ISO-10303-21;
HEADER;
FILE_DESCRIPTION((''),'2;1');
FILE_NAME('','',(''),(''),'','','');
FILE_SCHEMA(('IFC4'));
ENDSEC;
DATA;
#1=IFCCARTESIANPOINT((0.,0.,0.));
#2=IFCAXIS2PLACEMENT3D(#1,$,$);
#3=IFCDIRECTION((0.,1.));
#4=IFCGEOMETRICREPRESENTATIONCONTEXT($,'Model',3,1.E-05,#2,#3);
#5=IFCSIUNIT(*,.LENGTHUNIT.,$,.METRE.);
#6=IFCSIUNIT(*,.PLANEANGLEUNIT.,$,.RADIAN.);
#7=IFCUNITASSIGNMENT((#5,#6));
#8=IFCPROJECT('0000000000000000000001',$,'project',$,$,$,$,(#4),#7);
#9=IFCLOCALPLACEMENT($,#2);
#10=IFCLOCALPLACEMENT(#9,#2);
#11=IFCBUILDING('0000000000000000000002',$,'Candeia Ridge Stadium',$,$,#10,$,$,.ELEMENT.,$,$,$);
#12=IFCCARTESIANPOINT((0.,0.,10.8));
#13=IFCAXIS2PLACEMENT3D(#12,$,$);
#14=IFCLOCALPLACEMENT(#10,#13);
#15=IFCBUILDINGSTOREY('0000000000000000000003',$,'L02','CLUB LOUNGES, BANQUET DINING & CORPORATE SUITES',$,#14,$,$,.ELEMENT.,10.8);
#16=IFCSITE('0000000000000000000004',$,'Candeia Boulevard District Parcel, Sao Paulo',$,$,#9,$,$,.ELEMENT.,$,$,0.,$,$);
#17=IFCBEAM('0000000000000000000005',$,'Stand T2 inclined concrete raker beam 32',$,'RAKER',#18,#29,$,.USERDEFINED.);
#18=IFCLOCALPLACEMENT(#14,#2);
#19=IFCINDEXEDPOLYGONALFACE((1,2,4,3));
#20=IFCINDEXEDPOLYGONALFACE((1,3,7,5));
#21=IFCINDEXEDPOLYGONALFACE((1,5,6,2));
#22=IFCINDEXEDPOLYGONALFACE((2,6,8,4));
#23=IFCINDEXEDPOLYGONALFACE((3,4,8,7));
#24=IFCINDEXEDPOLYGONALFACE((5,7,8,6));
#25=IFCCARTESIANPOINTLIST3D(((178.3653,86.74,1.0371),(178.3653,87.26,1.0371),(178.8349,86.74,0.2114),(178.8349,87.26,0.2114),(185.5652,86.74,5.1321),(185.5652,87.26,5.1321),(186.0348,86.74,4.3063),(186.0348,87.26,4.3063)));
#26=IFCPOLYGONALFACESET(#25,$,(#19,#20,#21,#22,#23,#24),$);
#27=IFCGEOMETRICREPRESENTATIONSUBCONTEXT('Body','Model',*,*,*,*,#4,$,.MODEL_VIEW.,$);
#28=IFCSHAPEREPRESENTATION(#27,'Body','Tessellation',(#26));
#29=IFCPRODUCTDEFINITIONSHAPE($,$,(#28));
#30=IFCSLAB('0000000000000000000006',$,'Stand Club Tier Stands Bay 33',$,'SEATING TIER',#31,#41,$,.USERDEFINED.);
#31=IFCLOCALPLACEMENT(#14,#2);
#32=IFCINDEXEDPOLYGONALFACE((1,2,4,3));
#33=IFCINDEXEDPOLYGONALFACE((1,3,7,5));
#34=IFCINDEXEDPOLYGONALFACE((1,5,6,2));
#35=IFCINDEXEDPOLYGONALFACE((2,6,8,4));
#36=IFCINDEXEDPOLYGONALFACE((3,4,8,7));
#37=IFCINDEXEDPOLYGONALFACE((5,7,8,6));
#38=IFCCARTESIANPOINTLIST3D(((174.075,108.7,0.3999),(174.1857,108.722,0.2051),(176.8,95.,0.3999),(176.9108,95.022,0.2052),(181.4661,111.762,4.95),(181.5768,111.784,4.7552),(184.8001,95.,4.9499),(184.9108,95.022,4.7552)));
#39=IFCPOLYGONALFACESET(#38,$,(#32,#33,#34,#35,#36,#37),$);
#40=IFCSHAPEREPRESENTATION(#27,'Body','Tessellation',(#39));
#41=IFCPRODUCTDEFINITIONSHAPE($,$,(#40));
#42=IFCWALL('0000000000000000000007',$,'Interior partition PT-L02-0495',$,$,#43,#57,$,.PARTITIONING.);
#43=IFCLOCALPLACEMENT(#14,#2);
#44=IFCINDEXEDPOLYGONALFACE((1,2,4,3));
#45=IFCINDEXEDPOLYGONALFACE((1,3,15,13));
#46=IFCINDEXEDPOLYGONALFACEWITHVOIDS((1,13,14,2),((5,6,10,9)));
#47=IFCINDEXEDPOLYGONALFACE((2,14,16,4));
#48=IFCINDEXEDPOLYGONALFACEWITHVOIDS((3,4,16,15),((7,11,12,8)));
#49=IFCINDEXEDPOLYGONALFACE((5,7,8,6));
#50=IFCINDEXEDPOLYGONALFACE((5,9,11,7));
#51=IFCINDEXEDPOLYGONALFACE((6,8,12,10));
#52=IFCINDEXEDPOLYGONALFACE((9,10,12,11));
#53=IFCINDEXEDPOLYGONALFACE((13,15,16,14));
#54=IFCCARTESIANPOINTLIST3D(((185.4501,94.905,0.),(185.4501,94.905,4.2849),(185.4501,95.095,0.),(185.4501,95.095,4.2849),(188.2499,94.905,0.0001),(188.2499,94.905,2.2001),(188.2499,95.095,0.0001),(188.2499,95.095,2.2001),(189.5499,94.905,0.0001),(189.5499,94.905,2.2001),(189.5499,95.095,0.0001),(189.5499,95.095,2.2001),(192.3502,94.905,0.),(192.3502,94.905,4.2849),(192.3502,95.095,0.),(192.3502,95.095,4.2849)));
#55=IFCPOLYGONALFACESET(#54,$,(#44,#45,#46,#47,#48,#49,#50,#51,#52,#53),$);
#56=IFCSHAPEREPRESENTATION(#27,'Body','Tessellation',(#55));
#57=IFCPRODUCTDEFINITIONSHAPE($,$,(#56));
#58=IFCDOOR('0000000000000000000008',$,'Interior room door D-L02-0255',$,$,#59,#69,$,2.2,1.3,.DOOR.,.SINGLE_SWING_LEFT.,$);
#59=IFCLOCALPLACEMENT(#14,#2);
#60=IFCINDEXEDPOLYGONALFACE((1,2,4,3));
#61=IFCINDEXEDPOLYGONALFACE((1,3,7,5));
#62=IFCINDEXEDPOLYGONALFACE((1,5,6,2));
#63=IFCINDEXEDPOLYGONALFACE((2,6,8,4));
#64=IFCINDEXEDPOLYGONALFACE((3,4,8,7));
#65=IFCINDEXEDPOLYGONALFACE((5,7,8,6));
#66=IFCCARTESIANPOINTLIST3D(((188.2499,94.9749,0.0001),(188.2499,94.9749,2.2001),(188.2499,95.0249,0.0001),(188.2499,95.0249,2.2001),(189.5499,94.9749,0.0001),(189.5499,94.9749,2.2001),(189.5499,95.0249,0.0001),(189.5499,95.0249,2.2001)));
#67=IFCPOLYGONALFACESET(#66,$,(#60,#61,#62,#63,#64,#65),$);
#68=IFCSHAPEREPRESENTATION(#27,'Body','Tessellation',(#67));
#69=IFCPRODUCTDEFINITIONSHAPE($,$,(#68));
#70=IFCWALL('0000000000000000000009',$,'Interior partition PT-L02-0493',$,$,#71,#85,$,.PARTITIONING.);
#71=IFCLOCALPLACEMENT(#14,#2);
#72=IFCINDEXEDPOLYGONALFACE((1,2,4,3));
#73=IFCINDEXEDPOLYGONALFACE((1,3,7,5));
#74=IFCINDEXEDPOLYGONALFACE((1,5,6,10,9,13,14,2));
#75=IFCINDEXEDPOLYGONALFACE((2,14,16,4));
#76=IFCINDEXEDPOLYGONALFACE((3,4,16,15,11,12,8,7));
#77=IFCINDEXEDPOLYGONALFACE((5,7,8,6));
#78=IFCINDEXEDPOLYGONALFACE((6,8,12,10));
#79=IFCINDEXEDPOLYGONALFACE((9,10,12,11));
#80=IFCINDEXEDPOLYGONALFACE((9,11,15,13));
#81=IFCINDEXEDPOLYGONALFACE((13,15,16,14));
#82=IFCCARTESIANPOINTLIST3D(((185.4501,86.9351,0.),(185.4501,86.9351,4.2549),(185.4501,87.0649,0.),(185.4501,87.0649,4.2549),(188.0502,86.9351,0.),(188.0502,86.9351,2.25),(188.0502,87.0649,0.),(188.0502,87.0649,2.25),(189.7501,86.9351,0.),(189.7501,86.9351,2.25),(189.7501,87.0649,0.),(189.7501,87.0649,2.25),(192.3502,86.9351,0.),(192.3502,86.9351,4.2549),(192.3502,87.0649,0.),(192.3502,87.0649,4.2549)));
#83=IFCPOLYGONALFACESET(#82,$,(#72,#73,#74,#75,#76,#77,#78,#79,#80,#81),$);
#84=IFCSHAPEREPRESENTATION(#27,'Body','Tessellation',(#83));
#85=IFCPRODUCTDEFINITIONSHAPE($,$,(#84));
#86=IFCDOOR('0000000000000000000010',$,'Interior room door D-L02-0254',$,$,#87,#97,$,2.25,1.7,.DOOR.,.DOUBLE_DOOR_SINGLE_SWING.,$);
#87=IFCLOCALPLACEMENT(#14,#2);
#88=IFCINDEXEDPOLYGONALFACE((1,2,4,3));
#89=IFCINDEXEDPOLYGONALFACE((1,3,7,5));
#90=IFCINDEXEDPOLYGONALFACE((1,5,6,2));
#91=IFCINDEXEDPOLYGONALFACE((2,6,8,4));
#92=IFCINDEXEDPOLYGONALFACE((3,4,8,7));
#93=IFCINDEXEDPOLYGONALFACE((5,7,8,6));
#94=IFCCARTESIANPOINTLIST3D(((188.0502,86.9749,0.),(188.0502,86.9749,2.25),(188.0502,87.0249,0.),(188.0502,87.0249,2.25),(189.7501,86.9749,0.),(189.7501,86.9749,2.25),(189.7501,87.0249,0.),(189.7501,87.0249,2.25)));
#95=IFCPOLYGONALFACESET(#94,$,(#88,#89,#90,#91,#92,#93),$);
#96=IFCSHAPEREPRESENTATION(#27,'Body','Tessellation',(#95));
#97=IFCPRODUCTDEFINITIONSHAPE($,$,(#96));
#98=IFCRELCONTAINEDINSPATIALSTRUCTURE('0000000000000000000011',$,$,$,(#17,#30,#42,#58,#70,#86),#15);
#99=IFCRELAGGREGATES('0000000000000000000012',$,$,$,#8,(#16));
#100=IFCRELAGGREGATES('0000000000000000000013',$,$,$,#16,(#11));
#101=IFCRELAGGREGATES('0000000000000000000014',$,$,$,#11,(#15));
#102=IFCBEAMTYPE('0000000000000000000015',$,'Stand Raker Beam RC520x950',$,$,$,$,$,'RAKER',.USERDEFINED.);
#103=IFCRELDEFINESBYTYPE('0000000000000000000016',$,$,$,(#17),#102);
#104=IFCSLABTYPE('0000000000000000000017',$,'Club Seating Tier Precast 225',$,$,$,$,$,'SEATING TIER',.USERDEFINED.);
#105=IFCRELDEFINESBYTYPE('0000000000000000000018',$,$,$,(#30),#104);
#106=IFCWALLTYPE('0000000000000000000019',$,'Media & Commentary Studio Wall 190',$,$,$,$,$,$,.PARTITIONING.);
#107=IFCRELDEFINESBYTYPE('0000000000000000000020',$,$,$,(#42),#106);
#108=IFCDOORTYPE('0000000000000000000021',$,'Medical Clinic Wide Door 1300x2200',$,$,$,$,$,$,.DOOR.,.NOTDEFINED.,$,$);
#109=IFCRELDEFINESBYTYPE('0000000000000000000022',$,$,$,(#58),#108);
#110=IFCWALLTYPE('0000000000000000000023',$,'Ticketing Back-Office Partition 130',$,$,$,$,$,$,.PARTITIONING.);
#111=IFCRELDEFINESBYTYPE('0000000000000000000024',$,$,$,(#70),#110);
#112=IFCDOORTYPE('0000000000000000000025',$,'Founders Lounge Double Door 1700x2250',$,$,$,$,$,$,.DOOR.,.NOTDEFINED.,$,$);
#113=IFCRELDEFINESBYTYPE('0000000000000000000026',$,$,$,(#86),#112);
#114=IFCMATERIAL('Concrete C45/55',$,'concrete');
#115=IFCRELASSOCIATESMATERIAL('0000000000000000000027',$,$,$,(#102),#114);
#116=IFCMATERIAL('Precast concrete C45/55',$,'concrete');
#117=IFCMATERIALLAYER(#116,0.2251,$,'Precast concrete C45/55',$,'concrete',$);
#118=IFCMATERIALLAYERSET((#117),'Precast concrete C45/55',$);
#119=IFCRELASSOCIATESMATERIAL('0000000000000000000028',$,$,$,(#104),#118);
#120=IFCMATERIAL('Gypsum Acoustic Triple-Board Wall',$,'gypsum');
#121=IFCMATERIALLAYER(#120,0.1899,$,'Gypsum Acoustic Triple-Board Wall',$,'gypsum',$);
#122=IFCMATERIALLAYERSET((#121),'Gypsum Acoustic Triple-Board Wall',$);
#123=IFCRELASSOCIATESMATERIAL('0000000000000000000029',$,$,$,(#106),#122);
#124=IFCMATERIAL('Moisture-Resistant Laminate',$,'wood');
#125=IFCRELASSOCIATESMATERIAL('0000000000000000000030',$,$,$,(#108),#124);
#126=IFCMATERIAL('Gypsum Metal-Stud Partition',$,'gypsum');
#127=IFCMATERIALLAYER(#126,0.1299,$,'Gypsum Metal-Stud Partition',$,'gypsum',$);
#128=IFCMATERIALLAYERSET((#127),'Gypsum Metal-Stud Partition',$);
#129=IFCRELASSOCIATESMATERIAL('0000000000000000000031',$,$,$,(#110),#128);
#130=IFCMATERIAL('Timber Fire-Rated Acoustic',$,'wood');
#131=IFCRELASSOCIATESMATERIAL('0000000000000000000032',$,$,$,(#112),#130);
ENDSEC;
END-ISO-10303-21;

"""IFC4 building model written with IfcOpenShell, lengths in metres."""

from ifc_helpers import new_model, si_unit, direction, frame, frame_2d, origin, origin_2d, place, context, subcontext, project, spatial, polyline, rectangle, outline, extrude, material, layer, layer_set, material_profile, profile_set, type_object, element, fill, save


model = new_model("IFC4")

# Units and contexts
model_context = context("Model", 3, precision=1e-05, world=origin(), true_north=direction((0.0, 1.0)))
body_context = subcontext(model_context, "Body", "Model", "MODEL_VIEW")
ifc_project = project(units=[si_unit("LENGTHUNIT", "METRE"), si_unit("PLANEANGLEUNIT", "RADIAN")], contexts=[model_context])

# Site, building, storey
site_placement = place(None, origin())
site = spatial("IfcSite", under=ifc_project, at=site_placement, Name="Candeia Boulevard District Parcel, Sao Paulo", CompositionType="ELEMENT", RefElevation=0.0)
building_placement = place(site_placement, origin())
building = spatial("IfcBuilding", under=site, at=building_placement, Name="Candeia Ridge Stadium", CompositionType="ELEMENT")
storey_placement = place(building_placement, frame((0.0, 0.0, 10.8)))
storey = spatial("IfcBuildingStorey", under=building, at=storey_placement, Name="L02", Description="CLUB LOUNGES, BANQUET DINING & CORPORATE SUITES", CompositionType="ELEMENT", Elevation=10.8)

# Shared definitions
ifc_material_1 = material(Name="Concrete C45/55", Category="concrete")

# Beam
ifc_material_profile_1 = material_profile(ifc_material_1, rectangle(XDim=0.52, YDim=0.95, at=origin_2d()), Name="RC520x950", Category="concrete")
ifc_profile_set_1 = profile_set([ifc_material_profile_1], Name="Concrete C45/55")
beam_type_1 = type_object("IfcBeamType", Name="Stand Raker Beam RC520x950", ElementType="RAKER", PredefinedType="USERDEFINED", material=ifc_profile_set_1)
beam_1_placement = place(storey_placement, frame((178.6001, 87.0, 0.6243), z_axis=(0.869244, 0.0, 0.494383), x_axis=(0.0, 1.0, 0.0)))
element("IfcBeam", 1, at=beam_1_placement, inside=storey, type_object=beam_type_1, Name="Stand T2 inclined concrete raker beam 32", ObjectType="RAKER", PredefinedType="USERDEFINED", context=body_context, shape_type="SweptSolid", body=[
    extrude(rectangle(XDim=0.52, YDim=0.95, at=origin_2d()), origin(), (0.0, 0.0, 1.0), 8.283),
])

# Slab
ifc_material_2 = material(Name="Precast concrete C45/55", Category="concrete")
ifc_layer_1 = layer(ifc_material_2, 0.2251, Name="Precast concrete C45/55", Category="concrete")
ifc_layer_set_1 = layer_set([ifc_layer_1], Name="Precast concrete C45/55")
slab_type = type_object("IfcSlabType", Name="Club Seating Tier Precast 225", ElementType="SEATING TIER", PredefinedType="USERDEFINED", material=ifc_layer_set_1)
slab_placement = place(storey_placement, frame((176.8, 95.0, 0.3999), z_axis=(-0.49201, -0.097864, 0.865072), x_axis=(-0.195089, 0.980785, -0.000003)))
element("IfcSlab", 2, at=slab_placement, inside=storey, type_object=slab_type, Name="Stand Club Tier Stands Bay 33", ObjectType="SEATING TIER", PredefinedType="USERDEFINED", context=body_context, shape_type="SweptSolid", body=[
    extrude(outline(polyline([(0.0, 0.0), (13.9684, 0.0), (15.5296, -9.0703), (-1.5607, -9.0701), (0.0, 0.0)])), origin(), (0.0, 0.0, -1.0), 0.2251),
])

# Walls, openings, doors
ifc_material_3 = material(Name="Gypsum Acoustic Triple-Board Wall", Category="gypsum")
ifc_layer_2 = layer(ifc_material_3, 0.1899, Name="Gypsum Acoustic Triple-Board Wall", Category="gypsum")
ifc_layer_set_2 = layer_set([ifc_layer_2], Name="Gypsum Acoustic Triple-Board Wall")
wall_type_1 = type_object("IfcWallType", Name="Media & Commentary Studio Wall 190", PredefinedType="PARTITIONING", material=ifc_layer_set_2)
wall_1_placement = place(storey_placement, frame((185.45, 95.0, 0.0), z_axis=(0.0, 0.0, 1.0), x_axis=(1.0, 0.0, 0.0)))
wall_1 = element("IfcWall", 3, at=wall_1_placement, inside=storey, type_object=wall_type_1, Name="Interior partition PT-L02-0495", PredefinedType="PARTITIONING", context=body_context, shape_type="SweptSolid", body=[
    extrude(rectangle(XDim=6.9001, YDim=0.1899, at=frame_2d((3.4502, 0.0))), origin(), (0.0, 0.0, 1.0), 4.2849),
])
opening_1_placement = place(wall_1_placement, frame((2.8, 0.0, 0.0)))
opening_1 = element("IfcOpeningElement", 4, at=opening_1_placement, cuts=wall_1, PredefinedType="OPENING", context=body_context, shape_type="SweptSolid", body=[
    extrude(rectangle(XDim=1.3, YDim=2.2, at=frame_2d((0.6499, 1.1001))), frame((0.0, 0.105, 0.0), z_axis=(0.0, -1.0, 0.0), x_axis=(1.0, 0.0, 0.0)), (0.0, 0.0, 1.0), 0.21),
])
ifc_material_4 = material(Name="Moisture-Resistant Laminate", Category="wood")
door_type_1 = type_object("IfcDoorType", Name="Medical Clinic Wide Door 1300x2200", OperationType="NOTDEFINED", PredefinedType="DOOR", material=ifc_material_4)
door_1_placement = place(opening_1_placement, origin())
door_1 = element("IfcDoor", 5, at=door_1_placement, inside=storey, type_object=door_type_1, Name="Interior room door D-L02-0255", OperationType="SINGLE_SWING_LEFT", OverallHeight=2.2, OverallWidth=1.3, PredefinedType="DOOR", context=body_context, shape_type="SweptSolid", body=[
    extrude(rectangle(XDim=1.3, YDim=2.2, at=frame_2d((0.6499, 1.1001))), frame((0.0, 0.0249, 0.0), z_axis=(0.0, -1.0, 0.0), x_axis=(1.0, 0.0, 0.0)), (0.0, 0.0, 1.0), 0.05),
])
fill(opening_1, door_1)
ifc_material_5 = material(Name="Gypsum Metal-Stud Partition", Category="gypsum")
ifc_layer_3 = layer(ifc_material_5, 0.1299, Name="Gypsum Metal-Stud Partition", Category="gypsum")
ifc_layer_set_3 = layer_set([ifc_layer_3], Name="Gypsum Metal-Stud Partition")
wall_type_2 = type_object("IfcWallType", Name="Ticketing Back-Office Partition 130", PredefinedType="PARTITIONING", material=ifc_layer_set_3)
wall_2_placement = place(storey_placement, frame((185.45, 87.0, 0.0), z_axis=(0.0, 0.0, 1.0), x_axis=(1.0, 0.0, 0.0)))
wall_2 = element("IfcWall", 6, at=wall_2_placement, inside=storey, type_object=wall_type_2, Name="Interior partition PT-L02-0493", PredefinedType="PARTITIONING", context=body_context, shape_type="SweptSolid", body=[
    extrude(rectangle(XDim=6.9001, YDim=0.1299, at=frame_2d((3.4502, 0.0))), origin(), (0.0, 0.0, 1.0), 4.2549),
])
opening_2_placement = place(wall_2_placement, frame((2.6001, 0.0, 0.0)))
opening_2 = element("IfcOpeningElement", 7, at=opening_2_placement, cuts=wall_2, PredefinedType="OPENING", context=body_context, shape_type="SweptSolid", body=[
    extrude(rectangle(XDim=1.7, YDim=2.25, at=frame_2d((0.8501, 1.125))), frame((0.0, 0.075, 0.0), z_axis=(0.0, -1.0, 0.0), x_axis=(1.0, 0.0, 0.0)), (0.0, 0.0, 1.0), 0.1499),
])
ifc_material_6 = material(Name="Timber Fire-Rated Acoustic", Category="wood")
door_type_2 = type_object("IfcDoorType", Name="Founders Lounge Double Door 1700x2250", OperationType="NOTDEFINED", PredefinedType="DOOR", material=ifc_material_6)
door_2_placement = place(opening_2_placement, origin())
door_2 = element("IfcDoor", 8, at=door_2_placement, inside=storey, type_object=door_type_2, Name="Interior room door D-L02-0254", OperationType="DOUBLE_DOOR_SINGLE_SWING", OverallHeight=2.25, OverallWidth=1.7, PredefinedType="DOOR", context=body_context, shape_type="SweptSolid", body=[
    extrude(rectangle(XDim=1.7, YDim=2.25, at=frame_2d((0.8501, 1.125))), frame((0.0, 0.0249, 0.0), z_axis=(0.0, -1.0, 0.0), x_axis=(1.0, 0.0, 0.0)), (0.0, 0.0, 1.0), 0.05),
])
fill(opening_2, door_2)

save(model, "model.ifc")
